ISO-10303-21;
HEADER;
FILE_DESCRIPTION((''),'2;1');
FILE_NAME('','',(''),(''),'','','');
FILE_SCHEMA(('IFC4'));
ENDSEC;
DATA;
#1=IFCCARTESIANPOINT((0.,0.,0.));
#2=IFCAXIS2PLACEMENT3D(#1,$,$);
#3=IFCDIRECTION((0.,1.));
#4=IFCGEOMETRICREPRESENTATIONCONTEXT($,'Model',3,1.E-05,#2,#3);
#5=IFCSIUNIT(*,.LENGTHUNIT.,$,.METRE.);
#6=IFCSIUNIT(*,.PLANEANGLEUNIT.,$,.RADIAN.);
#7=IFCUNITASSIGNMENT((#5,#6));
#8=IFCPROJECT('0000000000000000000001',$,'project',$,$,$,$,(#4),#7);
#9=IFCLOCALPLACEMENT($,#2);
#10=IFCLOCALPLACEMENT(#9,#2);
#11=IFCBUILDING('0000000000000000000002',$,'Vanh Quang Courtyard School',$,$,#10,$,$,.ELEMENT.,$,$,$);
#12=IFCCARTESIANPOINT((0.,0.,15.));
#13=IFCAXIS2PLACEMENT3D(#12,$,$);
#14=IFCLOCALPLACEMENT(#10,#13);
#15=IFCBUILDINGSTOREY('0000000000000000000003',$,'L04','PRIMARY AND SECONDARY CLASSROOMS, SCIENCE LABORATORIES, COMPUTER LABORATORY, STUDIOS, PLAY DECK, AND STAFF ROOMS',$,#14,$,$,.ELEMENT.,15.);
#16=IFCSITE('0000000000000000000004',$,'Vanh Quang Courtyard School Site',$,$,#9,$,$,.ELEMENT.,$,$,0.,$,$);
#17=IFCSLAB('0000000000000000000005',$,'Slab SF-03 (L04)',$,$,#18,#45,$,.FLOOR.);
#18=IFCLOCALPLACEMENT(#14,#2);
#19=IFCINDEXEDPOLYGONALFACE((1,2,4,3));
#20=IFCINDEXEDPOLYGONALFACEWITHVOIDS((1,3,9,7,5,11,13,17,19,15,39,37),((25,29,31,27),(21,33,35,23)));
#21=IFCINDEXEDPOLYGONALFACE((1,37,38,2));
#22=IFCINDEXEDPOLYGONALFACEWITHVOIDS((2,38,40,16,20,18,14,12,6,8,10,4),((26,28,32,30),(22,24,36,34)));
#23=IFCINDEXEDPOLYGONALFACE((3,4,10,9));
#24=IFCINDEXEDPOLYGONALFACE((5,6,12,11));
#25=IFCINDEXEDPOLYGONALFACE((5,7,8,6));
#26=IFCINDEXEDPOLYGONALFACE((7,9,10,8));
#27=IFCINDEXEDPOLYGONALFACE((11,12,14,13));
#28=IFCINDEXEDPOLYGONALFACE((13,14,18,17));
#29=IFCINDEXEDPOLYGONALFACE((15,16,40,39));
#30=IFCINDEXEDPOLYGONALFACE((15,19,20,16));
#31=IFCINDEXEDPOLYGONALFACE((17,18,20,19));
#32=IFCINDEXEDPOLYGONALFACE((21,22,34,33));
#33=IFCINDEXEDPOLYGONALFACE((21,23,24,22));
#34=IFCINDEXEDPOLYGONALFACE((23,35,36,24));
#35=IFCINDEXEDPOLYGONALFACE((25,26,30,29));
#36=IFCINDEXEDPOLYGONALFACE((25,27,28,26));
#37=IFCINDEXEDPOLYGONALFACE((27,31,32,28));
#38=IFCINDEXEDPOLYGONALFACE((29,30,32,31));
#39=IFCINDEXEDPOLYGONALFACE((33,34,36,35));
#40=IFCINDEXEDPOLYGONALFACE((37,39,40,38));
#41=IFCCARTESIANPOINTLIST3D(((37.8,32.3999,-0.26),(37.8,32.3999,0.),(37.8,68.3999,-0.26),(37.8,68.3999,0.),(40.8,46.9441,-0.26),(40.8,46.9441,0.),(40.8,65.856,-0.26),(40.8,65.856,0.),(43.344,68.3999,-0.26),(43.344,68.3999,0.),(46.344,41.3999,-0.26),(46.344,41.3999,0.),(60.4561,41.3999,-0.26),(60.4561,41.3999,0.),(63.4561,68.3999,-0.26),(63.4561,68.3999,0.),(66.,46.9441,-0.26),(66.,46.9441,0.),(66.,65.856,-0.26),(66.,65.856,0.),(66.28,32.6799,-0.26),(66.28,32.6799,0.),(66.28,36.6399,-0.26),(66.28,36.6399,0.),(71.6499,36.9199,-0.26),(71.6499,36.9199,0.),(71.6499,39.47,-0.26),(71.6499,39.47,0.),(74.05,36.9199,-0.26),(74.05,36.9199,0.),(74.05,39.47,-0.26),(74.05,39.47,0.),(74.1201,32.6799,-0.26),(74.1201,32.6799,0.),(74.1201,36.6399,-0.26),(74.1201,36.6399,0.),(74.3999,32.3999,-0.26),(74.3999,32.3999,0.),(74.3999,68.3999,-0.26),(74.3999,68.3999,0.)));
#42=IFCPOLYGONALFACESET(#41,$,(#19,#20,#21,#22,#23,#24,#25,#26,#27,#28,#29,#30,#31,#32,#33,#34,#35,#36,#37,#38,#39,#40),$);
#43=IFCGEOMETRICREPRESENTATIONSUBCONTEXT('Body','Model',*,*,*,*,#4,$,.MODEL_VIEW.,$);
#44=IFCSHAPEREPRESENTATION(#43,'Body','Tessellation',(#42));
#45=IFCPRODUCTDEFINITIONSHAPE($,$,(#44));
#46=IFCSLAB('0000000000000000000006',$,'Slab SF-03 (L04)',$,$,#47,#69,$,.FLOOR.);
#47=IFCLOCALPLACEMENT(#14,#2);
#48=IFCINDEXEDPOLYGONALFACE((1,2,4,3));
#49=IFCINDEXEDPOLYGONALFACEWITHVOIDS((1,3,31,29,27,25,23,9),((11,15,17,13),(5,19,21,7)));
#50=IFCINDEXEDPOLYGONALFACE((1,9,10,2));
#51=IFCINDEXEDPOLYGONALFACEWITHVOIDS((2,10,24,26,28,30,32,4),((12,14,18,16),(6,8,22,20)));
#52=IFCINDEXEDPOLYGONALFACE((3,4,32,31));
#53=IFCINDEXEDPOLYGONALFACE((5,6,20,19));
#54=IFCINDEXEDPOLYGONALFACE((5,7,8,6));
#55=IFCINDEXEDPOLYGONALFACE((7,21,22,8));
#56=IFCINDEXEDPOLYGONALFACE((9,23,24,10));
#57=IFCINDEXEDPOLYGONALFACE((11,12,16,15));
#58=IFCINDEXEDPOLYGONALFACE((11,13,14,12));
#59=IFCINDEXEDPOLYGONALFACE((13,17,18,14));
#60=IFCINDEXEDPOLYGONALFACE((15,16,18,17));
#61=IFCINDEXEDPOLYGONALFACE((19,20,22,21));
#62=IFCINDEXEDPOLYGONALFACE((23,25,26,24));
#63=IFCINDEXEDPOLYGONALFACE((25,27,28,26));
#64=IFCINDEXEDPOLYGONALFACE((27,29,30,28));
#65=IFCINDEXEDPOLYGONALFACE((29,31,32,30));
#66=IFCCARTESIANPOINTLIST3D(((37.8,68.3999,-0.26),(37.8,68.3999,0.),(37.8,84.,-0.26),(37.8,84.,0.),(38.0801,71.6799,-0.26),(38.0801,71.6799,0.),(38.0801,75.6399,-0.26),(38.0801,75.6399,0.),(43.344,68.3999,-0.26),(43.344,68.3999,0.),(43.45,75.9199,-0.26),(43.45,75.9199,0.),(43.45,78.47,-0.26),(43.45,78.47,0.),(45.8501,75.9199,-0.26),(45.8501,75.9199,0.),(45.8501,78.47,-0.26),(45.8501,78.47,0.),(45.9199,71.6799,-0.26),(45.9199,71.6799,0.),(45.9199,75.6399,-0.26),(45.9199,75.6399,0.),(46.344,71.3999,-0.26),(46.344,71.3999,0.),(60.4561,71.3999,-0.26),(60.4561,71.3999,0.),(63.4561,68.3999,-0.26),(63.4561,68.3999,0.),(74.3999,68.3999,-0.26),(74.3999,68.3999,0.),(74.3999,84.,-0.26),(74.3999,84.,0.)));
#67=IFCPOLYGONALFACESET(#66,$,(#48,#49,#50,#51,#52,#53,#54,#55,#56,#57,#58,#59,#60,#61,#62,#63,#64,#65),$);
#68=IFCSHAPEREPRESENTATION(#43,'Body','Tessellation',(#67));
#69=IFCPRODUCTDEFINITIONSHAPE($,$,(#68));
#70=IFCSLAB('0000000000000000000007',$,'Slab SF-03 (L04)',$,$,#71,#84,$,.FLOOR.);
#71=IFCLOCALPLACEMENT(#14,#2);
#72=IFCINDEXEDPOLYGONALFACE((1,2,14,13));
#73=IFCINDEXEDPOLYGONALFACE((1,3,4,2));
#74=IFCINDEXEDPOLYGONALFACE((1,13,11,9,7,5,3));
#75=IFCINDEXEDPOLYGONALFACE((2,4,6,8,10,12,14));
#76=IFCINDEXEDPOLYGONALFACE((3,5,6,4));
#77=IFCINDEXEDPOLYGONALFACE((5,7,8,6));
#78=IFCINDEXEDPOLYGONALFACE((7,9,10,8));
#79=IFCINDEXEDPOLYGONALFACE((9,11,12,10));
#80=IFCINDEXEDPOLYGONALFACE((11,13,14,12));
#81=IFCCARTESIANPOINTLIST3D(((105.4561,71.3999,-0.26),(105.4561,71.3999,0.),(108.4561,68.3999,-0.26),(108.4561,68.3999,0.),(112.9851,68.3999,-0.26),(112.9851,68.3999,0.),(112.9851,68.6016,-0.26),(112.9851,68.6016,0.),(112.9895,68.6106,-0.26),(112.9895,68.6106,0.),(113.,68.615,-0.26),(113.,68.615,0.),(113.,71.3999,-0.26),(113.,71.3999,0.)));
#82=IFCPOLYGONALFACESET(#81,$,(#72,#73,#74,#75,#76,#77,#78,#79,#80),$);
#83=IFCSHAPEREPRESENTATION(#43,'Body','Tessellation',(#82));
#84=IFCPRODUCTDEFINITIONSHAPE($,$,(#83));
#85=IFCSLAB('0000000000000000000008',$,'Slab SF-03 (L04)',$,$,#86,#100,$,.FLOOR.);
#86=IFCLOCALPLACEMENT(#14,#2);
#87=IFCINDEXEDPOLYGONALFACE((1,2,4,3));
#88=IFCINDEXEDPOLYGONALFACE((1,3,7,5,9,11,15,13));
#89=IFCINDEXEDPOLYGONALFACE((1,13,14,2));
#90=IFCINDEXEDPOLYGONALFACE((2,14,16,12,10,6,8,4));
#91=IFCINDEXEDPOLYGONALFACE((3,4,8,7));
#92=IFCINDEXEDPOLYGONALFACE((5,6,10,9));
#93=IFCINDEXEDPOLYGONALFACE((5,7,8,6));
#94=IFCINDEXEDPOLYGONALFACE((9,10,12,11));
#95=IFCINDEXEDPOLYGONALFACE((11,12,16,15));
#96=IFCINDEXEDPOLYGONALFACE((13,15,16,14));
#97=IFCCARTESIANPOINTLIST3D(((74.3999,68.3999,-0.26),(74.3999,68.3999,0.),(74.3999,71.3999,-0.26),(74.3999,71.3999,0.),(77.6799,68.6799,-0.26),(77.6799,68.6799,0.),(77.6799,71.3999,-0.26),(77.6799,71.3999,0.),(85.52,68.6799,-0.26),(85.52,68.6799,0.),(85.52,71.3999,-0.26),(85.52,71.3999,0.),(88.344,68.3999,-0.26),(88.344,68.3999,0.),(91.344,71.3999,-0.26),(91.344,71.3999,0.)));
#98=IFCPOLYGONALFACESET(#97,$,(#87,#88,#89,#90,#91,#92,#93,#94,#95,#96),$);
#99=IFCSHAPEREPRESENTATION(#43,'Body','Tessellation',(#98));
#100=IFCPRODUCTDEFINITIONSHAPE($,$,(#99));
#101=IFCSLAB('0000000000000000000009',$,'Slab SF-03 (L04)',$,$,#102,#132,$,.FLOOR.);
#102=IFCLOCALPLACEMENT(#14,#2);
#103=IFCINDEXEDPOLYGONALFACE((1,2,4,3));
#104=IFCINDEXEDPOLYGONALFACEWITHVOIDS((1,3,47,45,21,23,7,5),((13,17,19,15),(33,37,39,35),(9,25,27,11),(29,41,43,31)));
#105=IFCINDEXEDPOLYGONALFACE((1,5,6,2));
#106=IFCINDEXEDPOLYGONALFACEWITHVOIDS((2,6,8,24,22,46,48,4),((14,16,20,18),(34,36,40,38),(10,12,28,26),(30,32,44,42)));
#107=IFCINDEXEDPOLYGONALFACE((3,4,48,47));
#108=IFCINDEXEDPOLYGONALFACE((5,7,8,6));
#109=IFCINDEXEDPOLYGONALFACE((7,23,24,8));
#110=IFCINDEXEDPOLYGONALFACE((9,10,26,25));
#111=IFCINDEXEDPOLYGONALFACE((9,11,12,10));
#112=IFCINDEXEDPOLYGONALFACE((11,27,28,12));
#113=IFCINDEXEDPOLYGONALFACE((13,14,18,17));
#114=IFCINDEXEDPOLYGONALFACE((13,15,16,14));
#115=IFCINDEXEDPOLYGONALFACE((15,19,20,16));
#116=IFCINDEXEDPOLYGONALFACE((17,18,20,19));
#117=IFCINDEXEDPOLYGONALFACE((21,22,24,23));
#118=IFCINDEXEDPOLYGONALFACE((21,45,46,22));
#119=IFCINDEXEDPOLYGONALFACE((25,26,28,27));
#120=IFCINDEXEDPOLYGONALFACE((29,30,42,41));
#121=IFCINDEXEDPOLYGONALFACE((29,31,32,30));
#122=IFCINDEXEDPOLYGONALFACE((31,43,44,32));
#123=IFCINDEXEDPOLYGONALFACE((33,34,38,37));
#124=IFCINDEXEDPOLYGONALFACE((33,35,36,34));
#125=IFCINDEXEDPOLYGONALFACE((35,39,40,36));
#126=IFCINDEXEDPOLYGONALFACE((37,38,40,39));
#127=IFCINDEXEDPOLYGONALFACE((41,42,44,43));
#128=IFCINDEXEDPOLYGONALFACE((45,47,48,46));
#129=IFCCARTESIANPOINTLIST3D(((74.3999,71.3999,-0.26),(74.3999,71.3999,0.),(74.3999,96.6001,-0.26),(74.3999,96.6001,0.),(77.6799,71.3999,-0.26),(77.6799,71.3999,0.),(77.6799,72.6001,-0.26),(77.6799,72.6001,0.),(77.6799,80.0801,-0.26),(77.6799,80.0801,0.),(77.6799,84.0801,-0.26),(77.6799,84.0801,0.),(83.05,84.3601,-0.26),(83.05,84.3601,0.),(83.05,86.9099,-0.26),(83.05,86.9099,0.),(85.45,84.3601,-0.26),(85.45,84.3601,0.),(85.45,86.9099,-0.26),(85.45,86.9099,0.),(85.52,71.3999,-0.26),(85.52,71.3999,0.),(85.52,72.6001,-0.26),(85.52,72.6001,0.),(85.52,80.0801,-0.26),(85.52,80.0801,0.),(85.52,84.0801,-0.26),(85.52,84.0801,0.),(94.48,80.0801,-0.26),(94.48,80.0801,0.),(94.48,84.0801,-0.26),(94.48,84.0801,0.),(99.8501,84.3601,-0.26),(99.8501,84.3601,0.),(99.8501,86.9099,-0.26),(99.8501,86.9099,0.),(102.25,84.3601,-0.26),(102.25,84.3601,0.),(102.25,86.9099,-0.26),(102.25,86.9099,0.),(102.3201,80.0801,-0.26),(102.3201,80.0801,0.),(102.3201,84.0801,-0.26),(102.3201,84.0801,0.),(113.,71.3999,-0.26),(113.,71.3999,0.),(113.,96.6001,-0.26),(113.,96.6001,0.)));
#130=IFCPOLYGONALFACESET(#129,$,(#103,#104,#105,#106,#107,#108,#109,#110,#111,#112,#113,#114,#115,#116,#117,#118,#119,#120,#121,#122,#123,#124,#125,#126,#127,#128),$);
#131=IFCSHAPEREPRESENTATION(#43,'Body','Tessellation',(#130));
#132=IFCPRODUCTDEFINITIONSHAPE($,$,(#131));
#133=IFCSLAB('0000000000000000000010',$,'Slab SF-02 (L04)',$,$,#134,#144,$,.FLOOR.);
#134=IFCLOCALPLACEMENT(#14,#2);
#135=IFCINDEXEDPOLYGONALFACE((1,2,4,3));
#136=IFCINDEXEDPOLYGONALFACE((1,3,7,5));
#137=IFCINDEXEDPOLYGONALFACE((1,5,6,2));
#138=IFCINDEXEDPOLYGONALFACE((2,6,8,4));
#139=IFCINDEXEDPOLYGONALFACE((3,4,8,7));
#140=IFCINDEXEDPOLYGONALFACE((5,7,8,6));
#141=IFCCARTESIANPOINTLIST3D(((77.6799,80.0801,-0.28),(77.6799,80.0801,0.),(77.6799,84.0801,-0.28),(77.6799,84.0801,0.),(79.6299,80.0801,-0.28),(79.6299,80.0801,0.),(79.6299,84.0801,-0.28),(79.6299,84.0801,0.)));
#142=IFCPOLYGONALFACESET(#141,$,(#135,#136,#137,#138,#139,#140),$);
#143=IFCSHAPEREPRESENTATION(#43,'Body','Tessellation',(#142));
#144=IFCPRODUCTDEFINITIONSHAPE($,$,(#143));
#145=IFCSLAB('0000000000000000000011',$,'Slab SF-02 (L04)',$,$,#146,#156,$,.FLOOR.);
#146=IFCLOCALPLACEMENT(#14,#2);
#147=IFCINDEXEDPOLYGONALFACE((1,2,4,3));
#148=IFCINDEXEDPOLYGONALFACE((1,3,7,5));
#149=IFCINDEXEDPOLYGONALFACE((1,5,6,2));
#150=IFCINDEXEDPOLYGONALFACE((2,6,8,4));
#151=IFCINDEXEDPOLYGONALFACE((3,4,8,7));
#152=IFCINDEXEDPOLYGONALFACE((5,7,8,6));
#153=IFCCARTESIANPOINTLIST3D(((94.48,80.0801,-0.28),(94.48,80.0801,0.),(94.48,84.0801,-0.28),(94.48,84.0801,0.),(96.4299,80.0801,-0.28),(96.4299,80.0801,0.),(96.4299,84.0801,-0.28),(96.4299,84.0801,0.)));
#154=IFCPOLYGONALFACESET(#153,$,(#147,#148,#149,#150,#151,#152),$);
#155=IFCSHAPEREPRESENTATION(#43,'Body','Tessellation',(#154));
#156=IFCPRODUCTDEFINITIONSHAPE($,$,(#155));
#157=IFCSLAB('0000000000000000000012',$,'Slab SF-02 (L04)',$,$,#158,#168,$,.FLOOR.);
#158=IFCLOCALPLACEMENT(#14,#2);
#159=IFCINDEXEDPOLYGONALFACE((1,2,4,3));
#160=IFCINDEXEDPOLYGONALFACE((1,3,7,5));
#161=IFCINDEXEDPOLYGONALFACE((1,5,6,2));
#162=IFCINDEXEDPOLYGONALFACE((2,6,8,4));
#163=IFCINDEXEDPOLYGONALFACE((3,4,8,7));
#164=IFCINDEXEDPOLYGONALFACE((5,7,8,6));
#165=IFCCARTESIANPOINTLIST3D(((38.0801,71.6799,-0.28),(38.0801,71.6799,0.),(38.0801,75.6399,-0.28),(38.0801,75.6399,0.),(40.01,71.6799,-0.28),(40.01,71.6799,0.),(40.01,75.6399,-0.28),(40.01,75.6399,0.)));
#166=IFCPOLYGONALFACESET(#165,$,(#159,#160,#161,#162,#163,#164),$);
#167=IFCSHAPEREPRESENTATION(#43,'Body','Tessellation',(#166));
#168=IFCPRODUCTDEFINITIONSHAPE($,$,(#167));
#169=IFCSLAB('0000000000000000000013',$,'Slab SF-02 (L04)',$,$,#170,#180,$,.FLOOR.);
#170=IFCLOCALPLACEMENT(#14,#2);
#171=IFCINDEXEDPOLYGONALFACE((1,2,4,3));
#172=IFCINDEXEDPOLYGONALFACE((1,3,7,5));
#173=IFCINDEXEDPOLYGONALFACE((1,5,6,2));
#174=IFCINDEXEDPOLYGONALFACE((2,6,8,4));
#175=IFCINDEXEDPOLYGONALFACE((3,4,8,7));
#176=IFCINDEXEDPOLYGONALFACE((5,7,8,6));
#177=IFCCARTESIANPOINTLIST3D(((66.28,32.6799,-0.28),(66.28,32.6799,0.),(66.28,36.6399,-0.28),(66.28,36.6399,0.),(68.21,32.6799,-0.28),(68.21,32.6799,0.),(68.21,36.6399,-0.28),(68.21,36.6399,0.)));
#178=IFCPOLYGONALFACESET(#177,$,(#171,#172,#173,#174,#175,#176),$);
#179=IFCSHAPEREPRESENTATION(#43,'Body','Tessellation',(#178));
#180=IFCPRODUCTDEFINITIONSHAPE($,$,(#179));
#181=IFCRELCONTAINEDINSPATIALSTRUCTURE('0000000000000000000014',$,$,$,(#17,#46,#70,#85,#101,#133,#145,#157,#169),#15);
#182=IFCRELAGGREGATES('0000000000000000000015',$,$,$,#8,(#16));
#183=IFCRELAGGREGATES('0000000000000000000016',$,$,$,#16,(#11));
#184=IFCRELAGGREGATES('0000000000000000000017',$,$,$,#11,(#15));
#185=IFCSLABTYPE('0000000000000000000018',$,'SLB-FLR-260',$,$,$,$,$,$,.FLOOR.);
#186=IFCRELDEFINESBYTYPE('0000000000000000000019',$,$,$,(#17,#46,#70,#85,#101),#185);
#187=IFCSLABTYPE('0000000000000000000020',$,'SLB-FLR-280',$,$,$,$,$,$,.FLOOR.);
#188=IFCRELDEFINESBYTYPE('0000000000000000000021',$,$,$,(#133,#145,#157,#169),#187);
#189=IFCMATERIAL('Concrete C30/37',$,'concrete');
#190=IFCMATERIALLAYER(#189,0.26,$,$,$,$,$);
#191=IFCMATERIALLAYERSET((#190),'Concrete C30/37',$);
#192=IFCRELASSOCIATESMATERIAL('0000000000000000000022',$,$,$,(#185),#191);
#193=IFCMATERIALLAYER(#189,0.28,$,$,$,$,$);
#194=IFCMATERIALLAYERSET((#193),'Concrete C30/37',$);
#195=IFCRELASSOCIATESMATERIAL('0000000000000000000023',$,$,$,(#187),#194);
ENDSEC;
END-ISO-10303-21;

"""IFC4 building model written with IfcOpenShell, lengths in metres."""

from ifc_helpers import new_model, si_unit, direction, frame, origin, place, context, subcontext, project, spatial, polyline, outline, extrude, material, layer, layer_set, type_object, element, save


model = new_model("IFC4")

# Units and contexts
model_context = context("Model", 3, precision=1e-05, world=origin(), true_north=direction((0.0, 1.0)))
body_context = subcontext(model_context, "Body", "Model", "MODEL_VIEW")
ifc_project = project(units=[si_unit("LENGTHUNIT", "METRE"), si_unit("PLANEANGLEUNIT", "RADIAN")], contexts=[model_context])

# Site, building, storey
site_placement = place(None, origin())
site = spatial("IfcSite", under=ifc_project, at=site_placement, Name="Vanh Quang Courtyard School Site", CompositionType="ELEMENT", RefElevation=0.0)
building_placement = place(site_placement, origin())
building = spatial("IfcBuilding", under=site, at=building_placement, Name="Vanh Quang Courtyard School", CompositionType="ELEMENT")
storey_placement = place(building_placement, frame((0.0, 0.0, 15.0)))
storey = spatial("IfcBuildingStorey", under=building, at=storey_placement, Name="L04", Description="PRIMARY AND SECONDARY CLASSROOMS, SCIENCE LABORATORIES, COMPUTER LABORATORY, STUDIOS, PLAY DECK, AND STAFF ROOMS", CompositionType="ELEMENT", Elevation=15.0)

# Slabs
ifc_material_1 = material(Name="Concrete C30/37", Category="concrete")
ifc_layer_1 = layer(ifc_material_1, 0.26)
ifc_layer_set_1 = layer_set([ifc_layer_1], Name="Concrete C30/37")
slab_type_1 = type_object("IfcSlabType", Name="SLB-FLR-260", PredefinedType="FLOOR", material=ifc_layer_set_1)
slab_1_placement = place(storey_placement, frame((0.0, 0.0, -0.26)))
element("IfcSlab", 1, at=slab_1_placement, inside=storey, type_object=slab_type_1, Name="Slab SF-03 (L04)", PredefinedType="FLOOR", context=body_context, shape_type="SweptSolid", body=[
    extrude(outline(polyline([(63.4561, 68.3999), (66.0, 65.856), (66.0, 46.9441), (60.4561, 41.3999), (46.344, 41.3999), (40.8, 46.9441), (40.8, 65.856), (43.344, 68.3999), (37.8, 68.3999), (37.8, 32.3999), (74.3999, 32.3999), (74.3999, 68.3999), (63.4561, 68.3999)]), holes=[polyline([(74.1201, 32.6799), (66.28, 32.6799), (66.28, 36.6399), (74.1201, 36.6399), (74.1201, 32.6799)]), polyline([(74.05, 36.9199), (71.6499, 36.9199), (71.6499, 39.47), (74.05, 39.47), (74.05, 36.9199)])]), origin(), (0.0, 0.0, 1.0), 0.26),
])
slab_2_placement = place(storey_placement, frame((0.0, 0.0, -0.26)))
element("IfcSlab", 2, at=slab_2_placement, inside=storey, type_object=slab_type_1, Name="Slab SF-03 (L04)", PredefinedType="FLOOR", context=body_context, shape_type="SweptSolid", body=[
    extrude(outline(polyline([(43.344, 68.3999), (46.344, 71.3999), (60.4561, 71.3999), (63.4561, 68.3999), (74.3999, 68.3999), (74.3999, 84.0), (37.8, 84.0), (37.8, 68.3999), (43.344, 68.3999)]), holes=[polyline([(45.9199, 71.6799), (38.0801, 71.6799), (38.0801, 75.6399), (45.9199, 75.6399), (45.9199, 71.6799)]), polyline([(45.8501, 75.9199), (43.45, 75.9199), (43.45, 78.47), (45.8501, 78.47), (45.8501, 75.9199)])]), origin(), (0.0, 0.0, 1.0), 0.26),
])
slab_3_placement = place(storey_placement, frame((0.0, 0.0, -0.26)))
element("IfcSlab", 3, at=slab_3_placement, inside=storey, type_object=slab_type_1, Name="Slab SF-03 (L04)", PredefinedType="FLOOR", context=body_context, shape_type="SweptSolid", body=[
    extrude(outline(polyline([(113.0, 71.3999), (105.4561, 71.3999), (108.4561, 68.3999), (112.9851, 68.3999), (112.9851, 68.6016), (112.9895, 68.6106), (113.0, 68.615), (113.0, 71.3999)])), origin(), (0.0, 0.0, 1.0), 0.26),
])
slab_4_placement = place(storey_placement, frame((0.0, 0.0, -0.26)))
element("IfcSlab", 4, at=slab_4_placement, inside=storey, type_object=slab_type_1, Name="Slab SF-03 (L04)", PredefinedType="FLOOR", context=body_context, shape_type="SweptSolid", body=[
    extrude(outline(polyline([(91.344, 71.3999), (85.52, 71.3999), (85.52, 68.6799), (77.6799, 68.6799), (77.6799, 71.3999), (74.3999, 71.3999), (74.3999, 68.3999), (88.344, 68.3999), (91.344, 71.3999)])), origin(), (0.0, 0.0, 1.0), 0.26),
])
slab_5_placement = place(storey_placement, frame((0.0, 0.0, -0.26)))
element("IfcSlab", 5, at=slab_5_placement, inside=storey, type_object=slab_type_1, Name="Slab SF-03 (L04)", PredefinedType="FLOOR", context=body_context, shape_type="SweptSolid", body=[
    extrude(outline(polyline([(113.0, 96.6001), (74.3999, 96.6001), (74.3999, 71.3999), (77.6799, 71.3999), (77.6799, 72.6001), (85.52, 72.6001), (85.52, 71.3999), (113.0, 71.3999), (113.0, 96.6001)]), holes=[polyline([(85.52, 84.0801), (85.52, 80.0801), (77.6799, 80.0801), (77.6799, 84.0801), (85.52, 84.0801)]), polyline([(102.3201, 84.0801), (102.3201, 80.0801), (94.48, 80.0801), (94.48, 84.0801), (102.3201, 84.0801)]), polyline([(85.45, 84.3601), (83.05, 84.3601), (83.05, 86.9099), (85.45, 86.9099), (85.45, 84.3601)]), polyline([(102.25, 84.3601), (99.8501, 84.3601), (99.8501, 86.9099), (102.25, 86.9099), (102.25, 84.3601)])]), origin(), (0.0, 0.0, 1.0), 0.26),
])
ifc_layer_2 = layer(ifc_material_1, 0.28)
ifc_layer_set_2 = layer_set([ifc_layer_2], Name="Concrete C30/37")
slab_type_2 = type_object("IfcSlabType", Name="SLB-FLR-280", PredefinedType="FLOOR", material=ifc_layer_set_2)
slab_6_placement = place(storey_placement, frame((0.0, 0.0, -0.28)))
element("IfcSlab", 6, at=slab_6_placement, inside=storey, type_object=slab_type_2, Name="Slab SF-02 (L04)", PredefinedType="FLOOR", context=body_context, shape_type="SweptSolid", body=[
    extrude(outline(polyline([(79.6299, 80.0801), (77.6799, 80.0801), (77.6799, 84.0801), (79.6299, 84.0801), (79.6299, 80.0801)])), origin(), (0.0, 0.0, 1.0), 0.28),
])
slab_7_placement = place(storey_placement, frame((0.0, 0.0, -0.28)))
element("IfcSlab", 7, at=slab_7_placement, inside=storey, type_object=slab_type_2, Name="Slab SF-02 (L04)", PredefinedType="FLOOR", context=body_context, shape_type="SweptSolid", body=[
    extrude(outline(polyline([(96.4299, 80.0801), (94.48, 80.0801), (94.48, 84.0801), (96.4299, 84.0801), (96.4299, 80.0801)])), origin(), (0.0, 0.0, 1.0), 0.28),
])
slab_8_placement = place(storey_placement, frame((0.0, 0.0, -0.28)))
element("IfcSlab", 8, at=slab_8_placement, inside=storey, type_object=slab_type_2, Name="Slab SF-02 (L04)", PredefinedType="FLOOR", context=body_context, shape_type="SweptSolid", body=[
    extrude(outline(polyline([(40.01, 71.6799), (38.0801, 71.6799), (38.0801, 75.6399), (40.01, 75.6399), (40.01, 71.6799)])), origin(), (0.0, 0.0, 1.0), 0.28),
])
slab_9_placement = place(storey_placement, frame((0.0, 0.0, -0.28)))
element("IfcSlab", 9, at=slab_9_placement, inside=storey, type_object=slab_type_2, Name="Slab SF-02 (L04)", PredefinedType="FLOOR", context=body_context, shape_type="SweptSolid", body=[
    extrude(outline(polyline([(68.21, 32.6799), (66.28, 32.6799), (66.28, 36.6399), (68.21, 36.6399), (68.21, 32.6799)])), origin(), (0.0, 0.0, 1.0), 0.28),
])

save(model, "model.ifc")
